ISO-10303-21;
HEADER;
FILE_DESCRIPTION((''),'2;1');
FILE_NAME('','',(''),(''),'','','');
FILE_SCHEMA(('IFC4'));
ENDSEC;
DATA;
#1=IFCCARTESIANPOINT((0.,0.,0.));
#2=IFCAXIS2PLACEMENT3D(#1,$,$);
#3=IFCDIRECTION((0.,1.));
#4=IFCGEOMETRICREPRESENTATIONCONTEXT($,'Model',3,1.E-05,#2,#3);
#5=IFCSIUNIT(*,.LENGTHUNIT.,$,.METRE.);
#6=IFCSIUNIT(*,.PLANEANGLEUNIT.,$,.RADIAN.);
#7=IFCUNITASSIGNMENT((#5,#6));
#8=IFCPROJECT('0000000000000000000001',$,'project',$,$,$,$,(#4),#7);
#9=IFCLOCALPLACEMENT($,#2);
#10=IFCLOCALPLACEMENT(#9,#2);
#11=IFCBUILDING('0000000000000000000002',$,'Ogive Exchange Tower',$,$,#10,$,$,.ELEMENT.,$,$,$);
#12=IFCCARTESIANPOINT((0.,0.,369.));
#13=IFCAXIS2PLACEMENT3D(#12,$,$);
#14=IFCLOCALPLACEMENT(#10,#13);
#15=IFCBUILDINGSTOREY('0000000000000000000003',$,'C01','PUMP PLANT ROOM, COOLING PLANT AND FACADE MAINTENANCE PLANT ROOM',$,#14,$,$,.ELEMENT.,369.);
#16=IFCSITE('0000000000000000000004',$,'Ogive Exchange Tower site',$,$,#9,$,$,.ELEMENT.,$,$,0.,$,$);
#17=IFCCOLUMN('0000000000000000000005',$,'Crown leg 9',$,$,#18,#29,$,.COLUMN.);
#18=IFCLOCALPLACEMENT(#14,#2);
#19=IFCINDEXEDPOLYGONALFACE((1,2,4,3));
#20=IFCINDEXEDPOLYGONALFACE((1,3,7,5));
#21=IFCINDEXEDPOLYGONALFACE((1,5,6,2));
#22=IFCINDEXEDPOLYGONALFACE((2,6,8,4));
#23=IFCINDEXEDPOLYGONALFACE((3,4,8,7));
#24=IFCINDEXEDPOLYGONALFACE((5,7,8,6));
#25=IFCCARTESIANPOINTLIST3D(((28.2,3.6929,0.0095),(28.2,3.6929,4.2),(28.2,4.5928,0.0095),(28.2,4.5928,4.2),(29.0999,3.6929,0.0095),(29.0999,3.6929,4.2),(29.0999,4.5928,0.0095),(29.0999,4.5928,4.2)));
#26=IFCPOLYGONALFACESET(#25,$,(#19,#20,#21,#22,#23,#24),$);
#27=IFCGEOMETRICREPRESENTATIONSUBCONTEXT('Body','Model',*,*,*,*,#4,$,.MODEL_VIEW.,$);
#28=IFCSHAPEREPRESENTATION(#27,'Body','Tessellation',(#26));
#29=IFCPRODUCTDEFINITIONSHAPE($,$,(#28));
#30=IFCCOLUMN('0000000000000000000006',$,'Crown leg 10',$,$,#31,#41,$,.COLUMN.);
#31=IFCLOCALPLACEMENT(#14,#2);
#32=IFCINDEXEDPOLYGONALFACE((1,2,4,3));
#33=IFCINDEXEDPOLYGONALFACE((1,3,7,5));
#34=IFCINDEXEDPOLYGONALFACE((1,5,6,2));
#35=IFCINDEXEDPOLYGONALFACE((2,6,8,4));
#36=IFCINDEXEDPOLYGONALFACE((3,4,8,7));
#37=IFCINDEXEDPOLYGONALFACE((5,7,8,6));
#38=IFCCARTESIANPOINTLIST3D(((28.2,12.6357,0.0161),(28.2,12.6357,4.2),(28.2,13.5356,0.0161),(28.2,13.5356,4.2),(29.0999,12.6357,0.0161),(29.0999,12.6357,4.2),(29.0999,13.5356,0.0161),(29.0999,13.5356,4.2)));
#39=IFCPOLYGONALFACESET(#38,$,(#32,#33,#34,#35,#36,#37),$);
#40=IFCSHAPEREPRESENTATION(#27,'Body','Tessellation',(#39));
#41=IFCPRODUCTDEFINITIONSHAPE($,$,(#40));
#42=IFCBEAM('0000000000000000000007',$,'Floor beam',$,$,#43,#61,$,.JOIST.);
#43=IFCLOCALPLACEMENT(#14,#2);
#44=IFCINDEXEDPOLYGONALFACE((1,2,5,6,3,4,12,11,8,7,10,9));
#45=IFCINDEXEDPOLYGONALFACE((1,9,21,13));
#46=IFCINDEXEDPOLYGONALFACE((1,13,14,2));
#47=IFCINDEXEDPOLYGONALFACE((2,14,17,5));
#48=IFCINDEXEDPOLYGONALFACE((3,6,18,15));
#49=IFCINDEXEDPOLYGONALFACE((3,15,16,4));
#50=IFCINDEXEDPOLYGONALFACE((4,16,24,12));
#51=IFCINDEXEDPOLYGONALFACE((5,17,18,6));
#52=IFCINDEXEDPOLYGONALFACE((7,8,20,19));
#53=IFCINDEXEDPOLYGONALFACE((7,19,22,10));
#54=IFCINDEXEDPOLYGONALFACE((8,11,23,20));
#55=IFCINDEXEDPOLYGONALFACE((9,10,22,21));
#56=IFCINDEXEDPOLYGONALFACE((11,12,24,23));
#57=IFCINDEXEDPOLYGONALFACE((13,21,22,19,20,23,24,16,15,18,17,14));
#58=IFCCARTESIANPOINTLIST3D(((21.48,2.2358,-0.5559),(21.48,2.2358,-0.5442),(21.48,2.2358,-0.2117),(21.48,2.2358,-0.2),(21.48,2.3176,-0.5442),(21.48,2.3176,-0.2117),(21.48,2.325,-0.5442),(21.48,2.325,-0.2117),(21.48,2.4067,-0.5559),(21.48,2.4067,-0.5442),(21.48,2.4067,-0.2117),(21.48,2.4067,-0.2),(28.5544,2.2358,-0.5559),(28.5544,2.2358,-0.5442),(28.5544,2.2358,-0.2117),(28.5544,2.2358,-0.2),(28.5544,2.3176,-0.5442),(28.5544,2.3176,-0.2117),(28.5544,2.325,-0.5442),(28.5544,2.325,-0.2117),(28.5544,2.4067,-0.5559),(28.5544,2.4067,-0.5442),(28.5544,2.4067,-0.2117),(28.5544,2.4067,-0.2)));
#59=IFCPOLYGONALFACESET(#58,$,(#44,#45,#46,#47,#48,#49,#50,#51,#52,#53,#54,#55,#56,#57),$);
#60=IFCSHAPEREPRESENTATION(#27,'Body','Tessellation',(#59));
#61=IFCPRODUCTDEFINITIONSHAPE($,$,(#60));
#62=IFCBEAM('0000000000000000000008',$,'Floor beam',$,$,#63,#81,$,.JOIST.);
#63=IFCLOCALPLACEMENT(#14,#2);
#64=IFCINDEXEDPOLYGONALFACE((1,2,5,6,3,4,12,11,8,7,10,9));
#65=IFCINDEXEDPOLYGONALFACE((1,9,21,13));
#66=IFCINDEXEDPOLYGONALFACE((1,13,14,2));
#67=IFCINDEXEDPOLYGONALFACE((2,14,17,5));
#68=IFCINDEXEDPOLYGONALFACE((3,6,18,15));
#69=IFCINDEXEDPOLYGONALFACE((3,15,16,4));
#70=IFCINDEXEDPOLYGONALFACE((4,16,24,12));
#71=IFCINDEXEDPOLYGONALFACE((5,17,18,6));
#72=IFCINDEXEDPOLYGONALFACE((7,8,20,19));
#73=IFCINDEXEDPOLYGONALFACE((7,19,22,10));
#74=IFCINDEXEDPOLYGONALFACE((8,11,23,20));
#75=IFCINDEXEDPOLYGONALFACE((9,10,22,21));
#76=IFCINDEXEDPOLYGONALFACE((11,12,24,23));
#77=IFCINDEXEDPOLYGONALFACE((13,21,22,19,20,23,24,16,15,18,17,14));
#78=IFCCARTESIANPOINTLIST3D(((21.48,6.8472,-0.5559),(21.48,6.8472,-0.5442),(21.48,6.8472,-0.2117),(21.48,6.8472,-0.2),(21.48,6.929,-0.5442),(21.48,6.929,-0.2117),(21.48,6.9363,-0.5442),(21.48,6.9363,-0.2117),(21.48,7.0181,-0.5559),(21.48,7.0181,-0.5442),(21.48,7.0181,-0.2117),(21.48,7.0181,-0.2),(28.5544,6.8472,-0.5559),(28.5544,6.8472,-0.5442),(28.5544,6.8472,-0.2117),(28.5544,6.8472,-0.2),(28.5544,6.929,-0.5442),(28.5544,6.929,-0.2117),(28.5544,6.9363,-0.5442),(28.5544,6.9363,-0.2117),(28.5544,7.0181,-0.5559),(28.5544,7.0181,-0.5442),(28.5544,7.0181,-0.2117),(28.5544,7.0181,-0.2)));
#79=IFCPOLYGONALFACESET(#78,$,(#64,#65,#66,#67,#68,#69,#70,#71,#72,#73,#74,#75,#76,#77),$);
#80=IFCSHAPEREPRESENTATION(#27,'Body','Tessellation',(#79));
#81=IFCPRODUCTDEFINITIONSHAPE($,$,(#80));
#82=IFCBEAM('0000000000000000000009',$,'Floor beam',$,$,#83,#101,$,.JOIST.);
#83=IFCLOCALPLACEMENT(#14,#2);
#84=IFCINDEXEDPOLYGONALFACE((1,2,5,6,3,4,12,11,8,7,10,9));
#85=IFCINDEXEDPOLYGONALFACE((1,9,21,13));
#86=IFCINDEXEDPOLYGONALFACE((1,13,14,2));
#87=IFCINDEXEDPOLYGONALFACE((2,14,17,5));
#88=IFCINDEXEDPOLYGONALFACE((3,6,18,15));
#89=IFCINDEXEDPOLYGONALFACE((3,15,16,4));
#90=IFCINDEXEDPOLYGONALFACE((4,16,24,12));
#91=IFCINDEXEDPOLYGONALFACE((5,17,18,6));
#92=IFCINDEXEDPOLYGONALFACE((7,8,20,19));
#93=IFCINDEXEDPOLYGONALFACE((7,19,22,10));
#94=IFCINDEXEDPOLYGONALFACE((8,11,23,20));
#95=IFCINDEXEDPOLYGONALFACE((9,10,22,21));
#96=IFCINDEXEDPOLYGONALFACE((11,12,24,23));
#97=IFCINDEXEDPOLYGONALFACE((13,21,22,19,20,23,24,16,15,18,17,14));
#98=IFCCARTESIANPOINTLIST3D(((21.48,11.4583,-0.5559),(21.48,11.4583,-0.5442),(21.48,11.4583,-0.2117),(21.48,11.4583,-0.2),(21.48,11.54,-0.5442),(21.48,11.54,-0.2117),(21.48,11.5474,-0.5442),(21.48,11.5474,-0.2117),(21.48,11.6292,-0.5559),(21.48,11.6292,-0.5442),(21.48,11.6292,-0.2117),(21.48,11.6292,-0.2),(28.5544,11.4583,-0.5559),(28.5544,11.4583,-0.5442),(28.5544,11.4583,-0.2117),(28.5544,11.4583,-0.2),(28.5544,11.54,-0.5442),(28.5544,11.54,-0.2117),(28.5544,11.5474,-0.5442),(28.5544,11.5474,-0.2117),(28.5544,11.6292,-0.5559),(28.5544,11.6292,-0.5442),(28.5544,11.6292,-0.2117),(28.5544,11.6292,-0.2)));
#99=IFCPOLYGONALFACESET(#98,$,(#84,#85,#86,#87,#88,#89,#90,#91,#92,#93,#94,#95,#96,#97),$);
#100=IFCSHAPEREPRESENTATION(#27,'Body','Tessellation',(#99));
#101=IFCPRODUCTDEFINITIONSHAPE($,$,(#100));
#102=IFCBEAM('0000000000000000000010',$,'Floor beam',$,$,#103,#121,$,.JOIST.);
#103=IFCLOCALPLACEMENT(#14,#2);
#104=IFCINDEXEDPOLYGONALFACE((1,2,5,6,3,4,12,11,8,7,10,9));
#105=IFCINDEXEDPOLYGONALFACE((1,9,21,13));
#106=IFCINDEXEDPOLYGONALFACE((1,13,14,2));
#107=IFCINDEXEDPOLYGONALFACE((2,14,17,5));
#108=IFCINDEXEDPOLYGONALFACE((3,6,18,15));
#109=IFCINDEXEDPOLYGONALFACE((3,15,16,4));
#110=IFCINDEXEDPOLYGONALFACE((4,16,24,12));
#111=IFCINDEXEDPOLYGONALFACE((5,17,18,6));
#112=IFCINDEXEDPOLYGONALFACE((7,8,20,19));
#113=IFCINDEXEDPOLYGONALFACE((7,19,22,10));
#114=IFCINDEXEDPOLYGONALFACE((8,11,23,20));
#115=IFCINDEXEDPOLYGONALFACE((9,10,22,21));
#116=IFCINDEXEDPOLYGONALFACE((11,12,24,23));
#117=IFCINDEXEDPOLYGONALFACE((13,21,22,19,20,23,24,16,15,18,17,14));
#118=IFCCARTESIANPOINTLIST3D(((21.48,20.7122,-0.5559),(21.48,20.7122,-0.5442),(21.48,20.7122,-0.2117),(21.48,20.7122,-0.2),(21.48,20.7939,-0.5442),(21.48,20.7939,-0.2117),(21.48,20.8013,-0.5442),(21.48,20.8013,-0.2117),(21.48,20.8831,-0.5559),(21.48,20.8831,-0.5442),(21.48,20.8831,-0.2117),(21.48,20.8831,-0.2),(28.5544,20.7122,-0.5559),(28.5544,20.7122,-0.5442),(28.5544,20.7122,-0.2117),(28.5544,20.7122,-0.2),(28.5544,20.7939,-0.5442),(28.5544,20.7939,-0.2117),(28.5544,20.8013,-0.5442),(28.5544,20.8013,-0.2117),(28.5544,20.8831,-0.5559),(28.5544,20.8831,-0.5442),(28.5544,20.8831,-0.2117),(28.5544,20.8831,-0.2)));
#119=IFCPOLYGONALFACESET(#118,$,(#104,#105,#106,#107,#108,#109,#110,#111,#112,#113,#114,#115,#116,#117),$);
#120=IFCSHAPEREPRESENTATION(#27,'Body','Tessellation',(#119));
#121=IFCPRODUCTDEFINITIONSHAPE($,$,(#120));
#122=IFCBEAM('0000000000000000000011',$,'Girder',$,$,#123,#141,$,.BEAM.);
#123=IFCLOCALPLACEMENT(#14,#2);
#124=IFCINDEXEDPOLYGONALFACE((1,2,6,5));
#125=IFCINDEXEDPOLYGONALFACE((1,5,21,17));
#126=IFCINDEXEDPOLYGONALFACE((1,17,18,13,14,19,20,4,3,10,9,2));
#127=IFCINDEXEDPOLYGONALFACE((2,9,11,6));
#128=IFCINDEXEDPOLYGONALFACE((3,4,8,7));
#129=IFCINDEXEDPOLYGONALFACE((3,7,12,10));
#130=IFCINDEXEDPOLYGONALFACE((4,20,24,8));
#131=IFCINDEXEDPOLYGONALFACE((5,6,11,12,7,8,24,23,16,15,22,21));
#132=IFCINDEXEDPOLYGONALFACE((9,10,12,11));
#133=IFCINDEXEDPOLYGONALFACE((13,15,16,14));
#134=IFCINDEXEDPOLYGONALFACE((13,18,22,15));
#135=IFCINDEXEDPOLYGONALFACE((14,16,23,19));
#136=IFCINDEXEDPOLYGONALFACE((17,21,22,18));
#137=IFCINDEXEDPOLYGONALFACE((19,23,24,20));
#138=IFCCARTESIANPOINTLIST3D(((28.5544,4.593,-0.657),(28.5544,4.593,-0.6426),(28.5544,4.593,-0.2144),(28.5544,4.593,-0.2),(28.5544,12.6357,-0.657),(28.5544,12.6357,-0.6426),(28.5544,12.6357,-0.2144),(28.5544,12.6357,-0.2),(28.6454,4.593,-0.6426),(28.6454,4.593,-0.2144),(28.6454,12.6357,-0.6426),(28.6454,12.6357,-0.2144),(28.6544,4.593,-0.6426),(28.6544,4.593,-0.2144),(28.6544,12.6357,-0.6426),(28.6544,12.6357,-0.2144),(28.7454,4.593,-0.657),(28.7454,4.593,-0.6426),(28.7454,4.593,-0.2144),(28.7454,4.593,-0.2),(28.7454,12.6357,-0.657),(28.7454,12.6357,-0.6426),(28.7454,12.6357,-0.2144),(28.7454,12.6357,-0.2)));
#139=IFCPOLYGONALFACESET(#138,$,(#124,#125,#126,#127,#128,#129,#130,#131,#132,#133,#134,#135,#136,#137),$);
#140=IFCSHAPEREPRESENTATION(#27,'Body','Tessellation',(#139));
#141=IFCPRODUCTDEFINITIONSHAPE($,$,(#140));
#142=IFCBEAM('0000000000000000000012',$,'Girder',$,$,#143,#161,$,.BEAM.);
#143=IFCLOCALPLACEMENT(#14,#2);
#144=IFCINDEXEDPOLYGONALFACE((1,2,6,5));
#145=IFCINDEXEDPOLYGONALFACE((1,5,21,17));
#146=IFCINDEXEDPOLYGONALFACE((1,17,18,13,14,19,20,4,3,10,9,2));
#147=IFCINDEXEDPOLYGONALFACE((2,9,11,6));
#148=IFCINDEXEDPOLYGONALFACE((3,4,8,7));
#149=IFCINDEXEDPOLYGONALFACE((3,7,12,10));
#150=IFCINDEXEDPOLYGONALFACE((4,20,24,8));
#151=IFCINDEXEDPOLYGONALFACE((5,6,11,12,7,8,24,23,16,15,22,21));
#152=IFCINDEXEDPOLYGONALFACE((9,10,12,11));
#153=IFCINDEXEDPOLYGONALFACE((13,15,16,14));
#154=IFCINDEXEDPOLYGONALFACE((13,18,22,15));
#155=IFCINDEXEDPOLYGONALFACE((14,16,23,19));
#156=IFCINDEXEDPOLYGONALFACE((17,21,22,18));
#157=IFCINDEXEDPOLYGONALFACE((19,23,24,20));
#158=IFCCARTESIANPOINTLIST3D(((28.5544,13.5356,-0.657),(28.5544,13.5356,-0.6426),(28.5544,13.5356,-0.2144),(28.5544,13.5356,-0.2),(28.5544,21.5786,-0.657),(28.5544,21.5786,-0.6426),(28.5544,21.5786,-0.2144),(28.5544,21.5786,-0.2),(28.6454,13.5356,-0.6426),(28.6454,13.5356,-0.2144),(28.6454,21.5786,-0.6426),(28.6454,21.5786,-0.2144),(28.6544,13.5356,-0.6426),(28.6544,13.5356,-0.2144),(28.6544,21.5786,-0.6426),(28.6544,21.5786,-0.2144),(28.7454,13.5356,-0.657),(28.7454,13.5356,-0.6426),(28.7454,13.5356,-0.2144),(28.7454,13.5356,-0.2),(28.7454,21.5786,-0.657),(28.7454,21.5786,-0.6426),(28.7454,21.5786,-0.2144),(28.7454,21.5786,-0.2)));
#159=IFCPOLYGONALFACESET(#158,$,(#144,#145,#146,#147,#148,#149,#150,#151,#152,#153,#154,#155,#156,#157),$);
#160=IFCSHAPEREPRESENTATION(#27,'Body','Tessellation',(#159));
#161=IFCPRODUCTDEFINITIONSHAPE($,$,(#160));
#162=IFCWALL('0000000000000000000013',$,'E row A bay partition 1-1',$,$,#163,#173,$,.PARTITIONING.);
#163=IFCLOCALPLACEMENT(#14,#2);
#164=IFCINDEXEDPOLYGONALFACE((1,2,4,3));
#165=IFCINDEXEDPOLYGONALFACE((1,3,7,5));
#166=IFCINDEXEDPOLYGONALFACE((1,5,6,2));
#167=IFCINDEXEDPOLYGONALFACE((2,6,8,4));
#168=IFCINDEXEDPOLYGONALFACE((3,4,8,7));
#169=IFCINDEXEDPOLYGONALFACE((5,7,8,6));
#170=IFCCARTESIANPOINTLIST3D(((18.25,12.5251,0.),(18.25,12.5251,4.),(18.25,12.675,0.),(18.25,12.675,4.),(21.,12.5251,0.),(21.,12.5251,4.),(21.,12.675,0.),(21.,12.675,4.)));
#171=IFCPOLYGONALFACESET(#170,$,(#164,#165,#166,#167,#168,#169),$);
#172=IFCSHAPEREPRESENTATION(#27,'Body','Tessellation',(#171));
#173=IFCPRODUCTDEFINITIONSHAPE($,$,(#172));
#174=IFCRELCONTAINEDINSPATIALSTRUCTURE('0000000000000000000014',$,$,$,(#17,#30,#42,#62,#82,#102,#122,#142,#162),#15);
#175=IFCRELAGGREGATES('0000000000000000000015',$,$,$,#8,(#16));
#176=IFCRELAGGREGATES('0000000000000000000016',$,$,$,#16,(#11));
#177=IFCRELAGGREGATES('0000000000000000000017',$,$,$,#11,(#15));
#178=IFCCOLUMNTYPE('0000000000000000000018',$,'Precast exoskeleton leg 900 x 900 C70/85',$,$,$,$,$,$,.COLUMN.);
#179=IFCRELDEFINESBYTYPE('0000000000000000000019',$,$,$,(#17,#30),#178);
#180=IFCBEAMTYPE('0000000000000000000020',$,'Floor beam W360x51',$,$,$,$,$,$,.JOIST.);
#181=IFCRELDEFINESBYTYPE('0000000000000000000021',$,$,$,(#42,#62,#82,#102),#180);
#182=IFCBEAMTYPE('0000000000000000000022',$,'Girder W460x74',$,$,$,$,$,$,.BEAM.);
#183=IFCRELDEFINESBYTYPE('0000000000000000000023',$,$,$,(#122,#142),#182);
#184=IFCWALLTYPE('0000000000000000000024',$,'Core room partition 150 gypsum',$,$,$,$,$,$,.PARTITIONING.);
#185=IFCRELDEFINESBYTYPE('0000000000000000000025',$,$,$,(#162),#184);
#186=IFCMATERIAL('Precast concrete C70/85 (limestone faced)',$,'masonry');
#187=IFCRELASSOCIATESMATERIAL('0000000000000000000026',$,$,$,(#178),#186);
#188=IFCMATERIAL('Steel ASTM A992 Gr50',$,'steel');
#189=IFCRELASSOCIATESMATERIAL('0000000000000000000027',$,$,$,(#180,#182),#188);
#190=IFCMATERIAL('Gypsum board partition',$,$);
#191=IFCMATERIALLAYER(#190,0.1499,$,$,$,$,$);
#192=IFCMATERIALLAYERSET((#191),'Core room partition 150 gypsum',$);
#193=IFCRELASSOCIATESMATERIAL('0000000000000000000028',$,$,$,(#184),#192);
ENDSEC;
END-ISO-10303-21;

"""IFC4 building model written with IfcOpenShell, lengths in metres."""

from ifc_helpers import new_model, si_unit, direction, frame, frame_2d, origin, origin_2d, place, context, subcontext, project, spatial, rectangle, i_section, extrude, material, layer, layer_set, material_profile, profile_set, type_object, element, save


model = new_model("IFC4")

# Units and contexts
model_context = context("Model", 3, precision=1e-05, world=origin(), true_north=direction((0.0, 1.0)))
body_context = subcontext(model_context, "Body", "Model", "MODEL_VIEW")
ifc_project = project(units=[si_unit("LENGTHUNIT", "METRE"), si_unit("PLANEANGLEUNIT", "RADIAN")], contexts=[model_context])

# Site, building, storey
site_placement = place(None, origin())
site = spatial("IfcSite", under=ifc_project, at=site_placement, Name="Ogive Exchange Tower site", CompositionType="ELEMENT", RefElevation=0.0)
building_placement = place(site_placement, origin())
building = spatial("IfcBuilding", under=site, at=building_placement, Name="Ogive Exchange Tower", CompositionType="ELEMENT")
storey_placement = place(building_placement, frame((0.0, 0.0, 369.0)))
storey = spatial("IfcBuildingStorey", under=building, at=storey_placement, Name="C01", Description="PUMP PLANT ROOM, COOLING PLANT AND FACADE MAINTENANCE PLANT ROOM", CompositionType="ELEMENT", Elevation=369.0)

# Columns
ifc_material_1 = material(Name="Precast concrete C70/85 (limestone faced)", Category="masonry")
ifc_material_profile_1 = material_profile(ifc_material_1, rectangle(XDim=0.8999, YDim=0.8999, at=origin_2d()), Name="900 x 900")
ifc_profile_set_1 = profile_set([ifc_material_profile_1], Name="Precast concrete C70/85 (limestone faced)")
column_type = type_object("IfcColumnType", Name="Precast exoskeleton leg 900 x 900 C70/85", PredefinedType="COLUMN", material=ifc_profile_set_1)
column_1_placement = place(storey_placement, frame((28.6499, 4.1428, 0.0095), z_axis=(0.0, 0.0, 1.0), x_axis=(1.0, 0.0, 0.0)))
element("IfcColumn", 1, at=column_1_placement, inside=storey, type_object=column_type, Name="Crown leg 9", PredefinedType="COLUMN", context=body_context, shape_type="SweptSolid", body=[
    extrude(rectangle(XDim=0.8999, YDim=0.8999, at=origin_2d()), origin(), (0.0, 0.0, 1.0), 4.1904),
])
column_2_placement = place(storey_placement, frame((28.6499, 13.0857, 0.0161), z_axis=(0.0, 0.0, 1.0), x_axis=(1.0, 0.0, 0.0)))
element("IfcColumn", 2, at=column_2_placement, inside=storey, type_object=column_type, Name="Crown leg 10", PredefinedType="COLUMN", context=body_context, shape_type="SweptSolid", body=[
    extrude(rectangle(XDim=0.8999, YDim=0.8999, at=origin_2d()), origin(), (0.0, 0.0, 1.0), 4.1838),
])

# Beams
ifc_material_2 = material(Name="Steel ASTM A992 Gr50", Category="steel")
ifc_material_profile_2 = material_profile(ifc_material_2, i_section(OverallWidth=0.1709, OverallDepth=0.356, WebThickness=0.0073, FlangeThickness=0.0117, at=origin_2d()), Name="W360x51")
ifc_profile_set_2 = profile_set([ifc_material_profile_2], Name="Steel ASTM A992 Gr50")
beam_type_1 = type_object("IfcBeamType", Name="Floor beam W360x51", PredefinedType="JOIST", material=ifc_profile_set_2)
for number, where, z_axis, x_axis, name in (
    (3, (21.48, 2.3213, -0.3779), (1.0, 0.0, 0.0), (0.0, 1.0, 0.0), "Floor beam"),
    (4, (21.48, 6.9326, -0.3779), (1.0, 0.0, 0.0), (0.0, 1.0, 0.0), "Floor beam"),
    (5, (21.48, 11.5437, -0.3779), (1.0, 0.0, 0.0), (0.0, 1.0, 0.0), "Floor beam"),
    (6, (21.48, 20.7976, -0.3779), (1.0, 0.0, 0.0), (0.0, 1.0, 0.0), "Floor beam"),
):
    element("IfcBeam", number, at=place(storey_placement, frame(where, z_axis=z_axis, x_axis=x_axis)), inside=storey, type_object=beam_type_1, Name=name, PredefinedType="JOIST", context=body_context, shape_type="SweptSolid", body=[
        extrude(i_section(OverallWidth=0.1709, OverallDepth=0.356, WebThickness=0.0073, FlangeThickness=0.0117, at=origin_2d()), origin(), (0.0, 0.0, 1.0), 7.0745),
    ])
ifc_material_profile_3 = material_profile(ifc_material_2, i_section(OverallWidth=0.1909, OverallDepth=0.457, WebThickness=0.009, FlangeThickness=0.0144, at=origin_2d()), Name="W460x74")
ifc_profile_set_3 = profile_set([ifc_material_profile_3], Name="Steel ASTM A992 Gr50")
beam_type_2 = type_object("IfcBeamType", Name="Girder W460x74", PredefinedType="BEAM", material=ifc_profile_set_3)
beam_1_placement = place(storey_placement, frame((28.6499, 4.593, -0.4285), z_axis=(0.0, 1.0, 0.0), x_axis=(-1.0, 0.0, 0.0)))
element("IfcBeam", 7, at=beam_1_placement, inside=storey, type_object=beam_type_2, Name="Girder", PredefinedType="BEAM", context=body_context, shape_type="SweptSolid", body=[
    extrude(i_section(OverallWidth=0.1909, OverallDepth=0.457, WebThickness=0.009, FlangeThickness=0.0144, at=origin_2d()), origin(), (0.0, 0.0, 1.0), 8.0427),
])
beam_2_placement = place(storey_placement, frame((28.6499, 13.5356, -0.4285), z_axis=(0.0, 1.0, 0.0), x_axis=(-1.0, 0.0, 0.0)))
element("IfcBeam", 8, at=beam_2_placement, inside=storey, type_object=beam_type_2, Name="Girder", PredefinedType="BEAM", context=body_context, shape_type="SweptSolid", body=[
    extrude(i_section(OverallWidth=0.1909, OverallDepth=0.457, WebThickness=0.009, FlangeThickness=0.0144, at=origin_2d()), origin(), (0.0, 0.0, 1.0), 8.043),
])

# Wall
ifc_material_3 = material(Name="Gypsum board partition")
ifc_layer_1 = layer(ifc_material_3, 0.1499)
ifc_layer_set_1 = layer_set([ifc_layer_1], Name="Core room partition 150 gypsum")
wall_type_1 = type_object("IfcWallType", Name="Core room partition 150 gypsum", PredefinedType="PARTITIONING", material=ifc_layer_set_1)
wall_1_placement = place(storey_placement, frame((18.25, 12.6001, 0.0), z_axis=(0.0, 0.0, 1.0), x_axis=(1.0, 0.0, 0.0)))
element("IfcWall", 9, at=wall_1_placement, inside=storey, type_object=wall_type_1, Name="E row A bay partition 1-1", PredefinedType="PARTITIONING", context=body_context, shape_type="SweptSolid", body=[
    extrude(rectangle(XDim=2.75, YDim=0.1499, at=frame_2d((1.375, 0.0))), origin(), (0.0, 0.0, 1.0), 4.0),
])

save(model, "model.ifc")
